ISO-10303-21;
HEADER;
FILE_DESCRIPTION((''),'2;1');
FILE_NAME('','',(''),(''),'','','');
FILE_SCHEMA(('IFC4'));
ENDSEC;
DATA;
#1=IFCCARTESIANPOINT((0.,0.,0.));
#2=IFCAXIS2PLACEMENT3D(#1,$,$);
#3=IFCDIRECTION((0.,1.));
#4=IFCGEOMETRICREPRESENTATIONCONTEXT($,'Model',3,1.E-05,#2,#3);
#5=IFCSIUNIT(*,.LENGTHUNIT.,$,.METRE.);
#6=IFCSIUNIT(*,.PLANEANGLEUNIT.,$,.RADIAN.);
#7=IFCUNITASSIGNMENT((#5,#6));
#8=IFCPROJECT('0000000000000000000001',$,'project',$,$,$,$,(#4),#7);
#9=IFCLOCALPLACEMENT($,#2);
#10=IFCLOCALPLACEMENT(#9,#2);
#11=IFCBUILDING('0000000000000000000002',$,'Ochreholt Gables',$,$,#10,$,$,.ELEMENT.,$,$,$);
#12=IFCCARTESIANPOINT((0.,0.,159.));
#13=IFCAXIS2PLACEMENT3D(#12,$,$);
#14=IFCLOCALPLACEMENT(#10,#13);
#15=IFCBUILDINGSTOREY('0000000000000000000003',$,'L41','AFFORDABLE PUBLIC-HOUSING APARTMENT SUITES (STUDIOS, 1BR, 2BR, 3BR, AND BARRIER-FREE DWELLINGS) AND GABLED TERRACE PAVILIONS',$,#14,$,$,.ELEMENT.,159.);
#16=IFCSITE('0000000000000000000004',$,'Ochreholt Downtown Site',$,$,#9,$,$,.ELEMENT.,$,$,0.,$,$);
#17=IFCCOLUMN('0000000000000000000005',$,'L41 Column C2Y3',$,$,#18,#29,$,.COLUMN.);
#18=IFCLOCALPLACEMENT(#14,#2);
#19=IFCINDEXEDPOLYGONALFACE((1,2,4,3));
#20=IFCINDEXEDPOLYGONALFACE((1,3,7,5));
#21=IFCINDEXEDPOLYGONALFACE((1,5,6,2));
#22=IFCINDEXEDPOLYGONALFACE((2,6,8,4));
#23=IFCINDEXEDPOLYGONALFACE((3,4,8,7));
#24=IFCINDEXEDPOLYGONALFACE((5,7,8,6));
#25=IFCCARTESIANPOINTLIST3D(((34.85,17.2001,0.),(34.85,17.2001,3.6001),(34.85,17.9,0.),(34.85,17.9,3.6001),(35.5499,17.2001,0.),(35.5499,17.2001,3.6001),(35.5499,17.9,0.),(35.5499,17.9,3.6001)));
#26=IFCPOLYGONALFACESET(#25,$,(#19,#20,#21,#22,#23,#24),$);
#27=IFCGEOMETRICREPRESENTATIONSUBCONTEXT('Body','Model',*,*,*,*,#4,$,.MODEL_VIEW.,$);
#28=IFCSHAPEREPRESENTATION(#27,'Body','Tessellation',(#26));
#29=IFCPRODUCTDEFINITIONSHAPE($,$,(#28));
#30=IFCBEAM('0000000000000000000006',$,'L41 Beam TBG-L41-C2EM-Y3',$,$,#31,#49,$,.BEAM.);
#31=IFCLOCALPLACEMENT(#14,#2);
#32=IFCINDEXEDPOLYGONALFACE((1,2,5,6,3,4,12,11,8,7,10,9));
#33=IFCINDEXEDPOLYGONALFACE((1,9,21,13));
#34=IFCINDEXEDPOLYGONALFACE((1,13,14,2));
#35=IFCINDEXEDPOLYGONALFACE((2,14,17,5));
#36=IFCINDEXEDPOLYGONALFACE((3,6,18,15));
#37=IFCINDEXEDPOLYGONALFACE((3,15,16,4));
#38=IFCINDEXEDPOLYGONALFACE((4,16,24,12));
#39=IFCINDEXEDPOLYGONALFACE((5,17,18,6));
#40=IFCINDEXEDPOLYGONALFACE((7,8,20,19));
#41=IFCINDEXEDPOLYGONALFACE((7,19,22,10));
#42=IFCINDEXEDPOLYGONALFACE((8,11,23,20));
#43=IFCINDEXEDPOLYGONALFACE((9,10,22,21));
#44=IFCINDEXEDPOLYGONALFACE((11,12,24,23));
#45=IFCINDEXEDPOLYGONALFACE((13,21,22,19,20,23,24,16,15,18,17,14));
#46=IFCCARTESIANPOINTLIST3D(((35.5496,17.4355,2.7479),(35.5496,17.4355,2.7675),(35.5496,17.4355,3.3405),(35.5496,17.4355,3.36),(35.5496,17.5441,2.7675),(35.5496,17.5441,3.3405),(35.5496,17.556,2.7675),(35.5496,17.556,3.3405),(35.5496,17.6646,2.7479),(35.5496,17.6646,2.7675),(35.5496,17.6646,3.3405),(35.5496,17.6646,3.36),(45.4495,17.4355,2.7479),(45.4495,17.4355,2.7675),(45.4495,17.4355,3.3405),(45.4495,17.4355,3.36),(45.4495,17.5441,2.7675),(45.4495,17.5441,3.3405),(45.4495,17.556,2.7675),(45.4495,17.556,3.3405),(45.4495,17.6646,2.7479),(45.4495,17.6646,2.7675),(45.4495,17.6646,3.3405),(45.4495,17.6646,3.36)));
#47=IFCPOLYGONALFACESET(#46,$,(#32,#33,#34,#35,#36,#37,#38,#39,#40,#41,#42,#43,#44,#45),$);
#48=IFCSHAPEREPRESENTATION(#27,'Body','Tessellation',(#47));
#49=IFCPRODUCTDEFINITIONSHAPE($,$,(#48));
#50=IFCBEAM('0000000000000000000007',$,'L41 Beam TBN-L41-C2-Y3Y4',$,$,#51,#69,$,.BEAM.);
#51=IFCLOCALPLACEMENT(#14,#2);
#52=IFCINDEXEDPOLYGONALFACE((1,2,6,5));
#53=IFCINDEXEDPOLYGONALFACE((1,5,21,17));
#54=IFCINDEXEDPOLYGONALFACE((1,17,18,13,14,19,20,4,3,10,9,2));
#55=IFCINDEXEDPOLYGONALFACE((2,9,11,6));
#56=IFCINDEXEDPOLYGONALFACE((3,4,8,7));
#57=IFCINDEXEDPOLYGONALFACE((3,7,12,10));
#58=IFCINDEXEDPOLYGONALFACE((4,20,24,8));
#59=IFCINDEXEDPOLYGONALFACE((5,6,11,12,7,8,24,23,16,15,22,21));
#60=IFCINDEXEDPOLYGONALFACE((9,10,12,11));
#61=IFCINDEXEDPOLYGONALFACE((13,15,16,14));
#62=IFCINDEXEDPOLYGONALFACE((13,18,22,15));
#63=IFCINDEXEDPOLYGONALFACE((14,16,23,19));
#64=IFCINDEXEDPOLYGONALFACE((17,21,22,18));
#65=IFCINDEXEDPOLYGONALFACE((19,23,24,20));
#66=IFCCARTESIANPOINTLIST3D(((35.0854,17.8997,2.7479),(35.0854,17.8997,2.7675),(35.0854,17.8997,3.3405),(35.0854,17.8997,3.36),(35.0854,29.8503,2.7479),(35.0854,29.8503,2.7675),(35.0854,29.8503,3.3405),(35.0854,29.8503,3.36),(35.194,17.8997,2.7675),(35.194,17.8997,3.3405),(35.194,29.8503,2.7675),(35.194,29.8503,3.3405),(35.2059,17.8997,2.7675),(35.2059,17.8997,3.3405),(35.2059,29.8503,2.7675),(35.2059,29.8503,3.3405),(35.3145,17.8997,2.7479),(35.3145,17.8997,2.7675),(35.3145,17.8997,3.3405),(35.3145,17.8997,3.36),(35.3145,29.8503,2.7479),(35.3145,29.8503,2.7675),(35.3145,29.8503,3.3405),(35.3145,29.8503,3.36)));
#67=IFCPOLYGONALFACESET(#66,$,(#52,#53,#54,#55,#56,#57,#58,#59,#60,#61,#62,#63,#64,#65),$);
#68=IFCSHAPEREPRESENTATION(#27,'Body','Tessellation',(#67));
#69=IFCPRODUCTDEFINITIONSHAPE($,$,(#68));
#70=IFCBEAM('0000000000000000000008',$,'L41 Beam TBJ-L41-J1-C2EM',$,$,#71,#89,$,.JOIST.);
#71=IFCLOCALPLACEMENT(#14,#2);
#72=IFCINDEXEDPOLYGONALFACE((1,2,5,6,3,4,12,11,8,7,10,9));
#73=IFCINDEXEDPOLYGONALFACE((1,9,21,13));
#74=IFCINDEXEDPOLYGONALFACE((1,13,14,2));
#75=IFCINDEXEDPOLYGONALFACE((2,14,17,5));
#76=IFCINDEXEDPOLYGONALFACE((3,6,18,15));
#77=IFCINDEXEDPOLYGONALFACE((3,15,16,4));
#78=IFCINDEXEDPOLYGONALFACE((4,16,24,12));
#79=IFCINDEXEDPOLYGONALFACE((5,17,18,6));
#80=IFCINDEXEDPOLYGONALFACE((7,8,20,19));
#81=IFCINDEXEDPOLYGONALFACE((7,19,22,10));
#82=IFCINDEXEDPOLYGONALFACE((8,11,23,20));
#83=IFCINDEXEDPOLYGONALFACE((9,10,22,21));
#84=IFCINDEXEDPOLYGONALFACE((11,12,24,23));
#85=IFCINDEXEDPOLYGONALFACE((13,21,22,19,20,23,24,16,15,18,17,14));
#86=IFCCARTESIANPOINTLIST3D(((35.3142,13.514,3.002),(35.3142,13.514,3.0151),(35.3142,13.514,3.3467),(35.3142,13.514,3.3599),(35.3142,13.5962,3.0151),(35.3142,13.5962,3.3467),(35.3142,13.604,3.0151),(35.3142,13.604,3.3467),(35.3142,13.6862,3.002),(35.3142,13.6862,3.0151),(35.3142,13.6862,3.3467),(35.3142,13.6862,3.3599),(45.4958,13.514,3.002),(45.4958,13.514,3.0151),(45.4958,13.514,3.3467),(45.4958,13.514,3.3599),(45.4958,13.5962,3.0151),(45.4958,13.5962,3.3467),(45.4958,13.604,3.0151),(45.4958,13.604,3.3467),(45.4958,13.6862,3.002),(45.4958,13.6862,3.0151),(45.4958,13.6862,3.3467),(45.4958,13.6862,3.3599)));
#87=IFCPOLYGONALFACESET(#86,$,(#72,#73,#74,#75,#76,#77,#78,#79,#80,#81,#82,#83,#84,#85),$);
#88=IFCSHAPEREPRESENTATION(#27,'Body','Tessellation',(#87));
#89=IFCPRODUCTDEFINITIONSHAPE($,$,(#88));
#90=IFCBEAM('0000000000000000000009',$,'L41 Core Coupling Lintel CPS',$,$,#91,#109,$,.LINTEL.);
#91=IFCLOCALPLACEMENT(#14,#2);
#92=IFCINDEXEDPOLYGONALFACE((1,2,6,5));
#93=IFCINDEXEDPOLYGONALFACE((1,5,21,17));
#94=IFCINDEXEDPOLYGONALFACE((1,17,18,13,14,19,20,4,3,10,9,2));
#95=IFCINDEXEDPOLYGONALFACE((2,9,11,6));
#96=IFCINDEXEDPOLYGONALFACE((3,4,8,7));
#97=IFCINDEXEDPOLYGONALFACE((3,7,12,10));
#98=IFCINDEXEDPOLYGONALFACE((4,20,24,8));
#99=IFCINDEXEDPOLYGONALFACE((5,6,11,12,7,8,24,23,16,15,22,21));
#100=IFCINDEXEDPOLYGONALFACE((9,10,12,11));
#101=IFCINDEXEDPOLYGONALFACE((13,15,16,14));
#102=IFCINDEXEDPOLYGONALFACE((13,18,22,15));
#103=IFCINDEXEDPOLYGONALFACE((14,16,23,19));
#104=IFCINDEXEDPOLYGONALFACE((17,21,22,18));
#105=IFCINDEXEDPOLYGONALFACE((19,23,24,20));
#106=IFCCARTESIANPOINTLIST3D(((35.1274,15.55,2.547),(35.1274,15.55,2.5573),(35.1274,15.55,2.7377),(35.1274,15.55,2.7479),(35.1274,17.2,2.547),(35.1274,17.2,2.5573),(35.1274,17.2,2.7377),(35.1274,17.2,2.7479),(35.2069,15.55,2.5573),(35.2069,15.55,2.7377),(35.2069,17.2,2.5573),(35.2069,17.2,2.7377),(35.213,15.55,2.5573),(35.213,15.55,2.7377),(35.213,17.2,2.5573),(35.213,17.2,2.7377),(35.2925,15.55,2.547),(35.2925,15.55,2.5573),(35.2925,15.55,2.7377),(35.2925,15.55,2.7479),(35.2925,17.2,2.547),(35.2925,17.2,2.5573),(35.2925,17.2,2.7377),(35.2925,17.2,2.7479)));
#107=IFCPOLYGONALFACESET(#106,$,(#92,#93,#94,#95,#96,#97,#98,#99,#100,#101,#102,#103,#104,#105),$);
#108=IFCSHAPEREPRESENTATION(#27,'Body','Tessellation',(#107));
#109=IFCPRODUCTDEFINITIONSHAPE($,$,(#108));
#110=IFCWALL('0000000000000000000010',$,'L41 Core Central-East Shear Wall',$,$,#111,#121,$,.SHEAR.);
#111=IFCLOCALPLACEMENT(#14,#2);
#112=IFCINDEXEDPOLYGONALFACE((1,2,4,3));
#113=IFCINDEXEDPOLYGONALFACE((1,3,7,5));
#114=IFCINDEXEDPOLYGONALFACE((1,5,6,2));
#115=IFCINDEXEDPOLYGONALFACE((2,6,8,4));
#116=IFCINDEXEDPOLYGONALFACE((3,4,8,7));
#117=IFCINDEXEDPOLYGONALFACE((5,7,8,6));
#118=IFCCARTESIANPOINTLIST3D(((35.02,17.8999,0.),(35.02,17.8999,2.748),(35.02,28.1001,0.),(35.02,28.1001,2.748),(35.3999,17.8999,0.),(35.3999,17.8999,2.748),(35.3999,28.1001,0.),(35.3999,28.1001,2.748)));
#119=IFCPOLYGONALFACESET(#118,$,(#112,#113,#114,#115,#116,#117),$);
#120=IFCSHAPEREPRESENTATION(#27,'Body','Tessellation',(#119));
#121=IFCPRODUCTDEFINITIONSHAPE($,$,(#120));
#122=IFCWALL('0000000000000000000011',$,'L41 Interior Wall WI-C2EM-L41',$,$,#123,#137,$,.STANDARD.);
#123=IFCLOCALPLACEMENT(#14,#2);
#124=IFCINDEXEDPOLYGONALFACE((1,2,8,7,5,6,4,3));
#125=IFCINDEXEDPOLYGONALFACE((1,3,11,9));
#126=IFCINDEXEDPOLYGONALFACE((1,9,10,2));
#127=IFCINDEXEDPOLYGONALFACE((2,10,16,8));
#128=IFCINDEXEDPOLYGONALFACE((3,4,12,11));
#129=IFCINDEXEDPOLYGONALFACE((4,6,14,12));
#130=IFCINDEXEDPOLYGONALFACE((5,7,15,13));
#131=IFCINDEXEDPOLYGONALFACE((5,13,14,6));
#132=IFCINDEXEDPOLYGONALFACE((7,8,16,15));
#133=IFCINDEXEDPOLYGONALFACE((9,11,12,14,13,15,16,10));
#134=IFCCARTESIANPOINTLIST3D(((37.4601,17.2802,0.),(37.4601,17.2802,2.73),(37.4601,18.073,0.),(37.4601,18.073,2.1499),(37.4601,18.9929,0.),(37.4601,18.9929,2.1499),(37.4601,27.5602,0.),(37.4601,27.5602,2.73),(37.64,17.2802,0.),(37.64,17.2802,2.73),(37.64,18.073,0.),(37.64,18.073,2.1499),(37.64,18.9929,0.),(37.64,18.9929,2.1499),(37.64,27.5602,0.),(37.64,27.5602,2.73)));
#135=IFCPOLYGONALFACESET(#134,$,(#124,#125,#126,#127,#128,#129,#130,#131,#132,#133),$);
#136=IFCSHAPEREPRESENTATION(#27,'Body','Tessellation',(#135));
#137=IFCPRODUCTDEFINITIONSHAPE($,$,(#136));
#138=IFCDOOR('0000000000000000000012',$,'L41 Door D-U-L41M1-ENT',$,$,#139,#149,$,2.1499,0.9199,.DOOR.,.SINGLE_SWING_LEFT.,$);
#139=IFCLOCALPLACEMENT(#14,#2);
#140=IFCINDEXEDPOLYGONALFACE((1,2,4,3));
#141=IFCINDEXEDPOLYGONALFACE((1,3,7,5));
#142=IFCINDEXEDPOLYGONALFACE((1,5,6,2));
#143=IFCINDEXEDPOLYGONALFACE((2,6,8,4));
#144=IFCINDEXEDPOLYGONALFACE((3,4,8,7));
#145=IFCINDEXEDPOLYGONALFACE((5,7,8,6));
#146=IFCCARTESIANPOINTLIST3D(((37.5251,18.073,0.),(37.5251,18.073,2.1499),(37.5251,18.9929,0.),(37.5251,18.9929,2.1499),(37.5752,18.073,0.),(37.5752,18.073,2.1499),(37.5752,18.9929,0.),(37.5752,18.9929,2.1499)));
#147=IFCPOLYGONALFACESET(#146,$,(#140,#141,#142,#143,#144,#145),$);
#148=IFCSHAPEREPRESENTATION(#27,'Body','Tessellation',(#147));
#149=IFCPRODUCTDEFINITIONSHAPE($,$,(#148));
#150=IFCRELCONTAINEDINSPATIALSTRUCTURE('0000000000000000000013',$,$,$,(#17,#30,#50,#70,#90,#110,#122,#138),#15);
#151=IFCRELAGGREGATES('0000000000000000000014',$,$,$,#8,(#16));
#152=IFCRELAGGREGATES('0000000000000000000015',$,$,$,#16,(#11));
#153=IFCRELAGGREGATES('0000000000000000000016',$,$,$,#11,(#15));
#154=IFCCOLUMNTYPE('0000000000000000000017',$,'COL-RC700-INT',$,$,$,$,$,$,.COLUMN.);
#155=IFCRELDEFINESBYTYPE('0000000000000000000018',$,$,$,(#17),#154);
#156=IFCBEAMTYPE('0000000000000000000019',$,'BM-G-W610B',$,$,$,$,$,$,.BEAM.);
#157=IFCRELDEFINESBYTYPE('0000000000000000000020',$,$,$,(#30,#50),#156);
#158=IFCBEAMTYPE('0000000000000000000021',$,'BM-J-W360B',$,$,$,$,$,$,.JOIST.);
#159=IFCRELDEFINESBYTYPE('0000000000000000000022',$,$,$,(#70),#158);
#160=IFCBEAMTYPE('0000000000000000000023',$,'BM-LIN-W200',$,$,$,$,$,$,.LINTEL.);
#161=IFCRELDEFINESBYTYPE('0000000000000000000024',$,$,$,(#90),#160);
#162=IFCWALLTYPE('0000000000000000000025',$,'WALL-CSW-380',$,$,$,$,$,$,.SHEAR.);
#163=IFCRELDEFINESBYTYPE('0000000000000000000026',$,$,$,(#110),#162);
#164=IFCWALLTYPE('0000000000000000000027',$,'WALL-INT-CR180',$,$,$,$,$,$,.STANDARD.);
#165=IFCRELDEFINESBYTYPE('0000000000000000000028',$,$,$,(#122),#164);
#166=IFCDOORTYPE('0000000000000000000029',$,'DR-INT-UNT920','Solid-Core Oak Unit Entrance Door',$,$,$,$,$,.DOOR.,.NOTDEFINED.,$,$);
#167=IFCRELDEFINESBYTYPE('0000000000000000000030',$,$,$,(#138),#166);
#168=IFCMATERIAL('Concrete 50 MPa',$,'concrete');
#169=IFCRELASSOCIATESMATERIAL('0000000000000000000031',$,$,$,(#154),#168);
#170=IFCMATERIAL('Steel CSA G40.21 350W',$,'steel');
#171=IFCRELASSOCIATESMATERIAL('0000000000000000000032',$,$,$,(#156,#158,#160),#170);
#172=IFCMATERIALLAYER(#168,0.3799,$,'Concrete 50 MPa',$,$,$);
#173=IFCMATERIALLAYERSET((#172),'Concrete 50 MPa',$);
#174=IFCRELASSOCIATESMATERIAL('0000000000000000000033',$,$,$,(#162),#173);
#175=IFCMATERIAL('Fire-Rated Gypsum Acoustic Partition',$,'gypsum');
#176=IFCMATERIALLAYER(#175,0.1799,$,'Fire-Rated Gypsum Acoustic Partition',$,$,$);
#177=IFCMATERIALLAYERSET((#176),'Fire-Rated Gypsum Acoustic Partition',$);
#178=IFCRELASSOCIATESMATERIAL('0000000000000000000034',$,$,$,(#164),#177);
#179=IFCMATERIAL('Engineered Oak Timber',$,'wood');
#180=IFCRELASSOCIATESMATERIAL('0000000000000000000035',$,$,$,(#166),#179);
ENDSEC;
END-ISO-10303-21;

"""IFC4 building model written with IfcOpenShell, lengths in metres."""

from ifc_helpers import new_model, si_unit, direction, frame, frame_2d, origin, origin_2d, place, context, subcontext, project, spatial, rectangle, i_section, extrude, material, layer, layer_set, material_profile, profile_set, type_object, element, fill, save


model = new_model("IFC4")

# Units and contexts
model_context = context("Model", 3, precision=1e-05, world=origin(), true_north=direction((0.0, 1.0)))
body_context = subcontext(model_context, "Body", "Model", "MODEL_VIEW")
ifc_project = project(units=[si_unit("LENGTHUNIT", "METRE"), si_unit("PLANEANGLEUNIT", "RADIAN")], contexts=[model_context])

# Site, building, storey
site_placement = place(None, origin())
site = spatial("IfcSite", under=ifc_project, at=site_placement, Name="Ochreholt Downtown Site", CompositionType="ELEMENT", RefElevation=0.0)
building_placement = place(site_placement, origin())
building = spatial("IfcBuilding", under=site, at=building_placement, Name="Ochreholt Gables", CompositionType="ELEMENT")
storey_placement = place(building_placement, frame((0.0, 0.0, 159.0)))
storey = spatial("IfcBuildingStorey", under=building, at=storey_placement, Name="L41", Description="AFFORDABLE PUBLIC-HOUSING APARTMENT SUITES (STUDIOS, 1BR, 2BR, 3BR, AND BARRIER-FREE DWELLINGS) AND GABLED TERRACE PAVILIONS", CompositionType="ELEMENT", Elevation=159.0)

# Column
ifc_material_1 = material(Name="Concrete 50 MPa", Category="concrete")
ifc_material_profile_1 = material_profile(ifc_material_1, rectangle(XDim=0.7, YDim=0.7, at=origin_2d()), Name="RC700X700")
ifc_profile_set_1 = profile_set([ifc_material_profile_1], Name="Concrete 50 MPa")
column_type = type_object("IfcColumnType", Name="COL-RC700-INT", PredefinedType="COLUMN", material=ifc_profile_set_1)
column_placement = place(storey_placement, frame((35.2, 17.55, 0.0), z_axis=(0.0, 0.0, 1.0), x_axis=(1.0, 0.0, 0.0)))
element("IfcColumn", 1, at=column_placement, inside=storey, type_object=column_type, Name="L41 Column C2Y3", PredefinedType="COLUMN", context=body_context, shape_type="SweptSolid", body=[
    extrude(rectangle(XDim=0.7, YDim=0.7, at=origin_2d()), origin(), (0.0, 0.0, 1.0), 3.6001),
])

# Beams
ifc_material_2 = material(Name="Steel CSA G40.21 350W", Category="steel")
ifc_material_profile_2 = material_profile(ifc_material_2, i_section(OverallWidth=0.229, OverallDepth=0.6121, WebThickness=0.012, FlangeThickness=0.0195, at=origin_2d()), Name="W610X125")
ifc_profile_set_2 = profile_set([ifc_material_profile_2], Name="Steel CSA G40.21 350W")
beam_type_1 = type_object("IfcBeamType", Name="BM-G-W610B", PredefinedType="BEAM", material=ifc_profile_set_2)
beam_1_placement = place(storey_placement, frame((35.5496, 17.55, 3.054), z_axis=(1.0, 0.0, 0.0), x_axis=(0.0, 1.0, 0.0)))
element("IfcBeam", 2, at=beam_1_placement, inside=storey, type_object=beam_type_1, Name="L41 Beam TBG-L41-C2EM-Y3", PredefinedType="BEAM", context=body_context, shape_type="SweptSolid", body=[
    extrude(i_section(OverallWidth=0.229, OverallDepth=0.6121, WebThickness=0.012, FlangeThickness=0.0195, at=origin_2d()), origin(), (0.0, 0.0, 1.0), 9.8999),
])
beam_2_placement = place(storey_placement, frame((35.2, 17.8997, 3.054), z_axis=(0.0, 1.0, 0.0), x_axis=(-1.0, 0.0, 0.0)))
element("IfcBeam", 3, at=beam_2_placement, inside=storey, type_object=beam_type_1, Name="L41 Beam TBN-L41-C2-Y3Y4", PredefinedType="BEAM", context=body_context, shape_type="SweptSolid", body=[
    extrude(i_section(OverallWidth=0.229, OverallDepth=0.6121, WebThickness=0.012, FlangeThickness=0.0195, at=origin_2d()), origin(), (0.0, 0.0, 1.0), 11.9507),
])
ifc_material_profile_3 = material_profile(ifc_material_2, i_section(OverallWidth=0.1721, OverallDepth=0.3579, WebThickness=0.0078, FlangeThickness=0.0132, at=origin_2d()), Name="W360X57")
ifc_profile_set_3 = profile_set([ifc_material_profile_3], Name="Steel CSA G40.21 350W")
beam_type_2 = type_object("IfcBeamType", Name="BM-J-W360B", PredefinedType="JOIST", material=ifc_profile_set_3)
beam_3_placement = place(storey_placement, frame((35.3142, 13.6001, 3.1809), z_axis=(1.0, 0.0, 0.0), x_axis=(0.0, 1.0, 0.0)))
element("IfcBeam", 4, at=beam_3_placement, inside=storey, type_object=beam_type_2, Name="L41 Beam TBJ-L41-J1-C2EM", PredefinedType="JOIST", context=body_context, shape_type="SweptSolid", body=[
    extrude(i_section(OverallWidth=0.1721, OverallDepth=0.3579, WebThickness=0.0078, FlangeThickness=0.0132, at=origin_2d()), origin(), (0.0, 0.0, 1.0), 10.1816),
])
ifc_material_profile_4 = material_profile(ifc_material_2, i_section(OverallWidth=0.165, OverallDepth=0.2009, WebThickness=0.0061, FlangeThickness=0.0103, at=origin_2d()), Name="W200X36")
ifc_profile_set_4 = profile_set([ifc_material_profile_4], Name="Steel CSA G40.21 350W")
beam_type_3 = type_object("IfcBeamType", Name="BM-LIN-W200", PredefinedType="LINTEL", material=ifc_profile_set_4)
beam_4_placement = place(storey_placement, frame((35.21, 15.55, 2.6475), z_axis=(0.0, 1.0, 0.0), x_axis=(-1.0, 0.0, 0.0)))
element("IfcBeam", 5, at=beam_4_placement, inside=storey, type_object=beam_type_3, Name="L41 Core Coupling Lintel CPS", PredefinedType="LINTEL", context=body_context, shape_type="SweptSolid", body=[
    extrude(i_section(OverallWidth=0.165, OverallDepth=0.2009, WebThickness=0.0061, FlangeThickness=0.0103, at=origin_2d()), origin(), (0.0, 0.0, 1.0), 1.6499),
])

# Wall
ifc_layer_1 = layer(ifc_material_1, 0.3799, Name="Concrete 50 MPa")
ifc_layer_set_1 = layer_set([ifc_layer_1], Name="Concrete 50 MPa")
wall_type_1 = type_object("IfcWallType", Name="WALL-CSW-380", PredefinedType="SHEAR", material=ifc_layer_set_1)
wall_1_placement = place(storey_placement, frame((35.21, 17.8999, 0.0), z_axis=(0.0, 0.0, 1.0), x_axis=(0.0, 1.0, 0.0)))
element("IfcWall", 6, at=wall_1_placement, inside=storey, type_object=wall_type_1, Name="L41 Core Central-East Shear Wall", PredefinedType="SHEAR", context=body_context, shape_type="SweptSolid", body=[
    extrude(rectangle(XDim=10.2002, YDim=0.3799, at=frame_2d((5.1001, 0.0))), origin(), (0.0, 0.0, 1.0), 2.748),
])

# Wall, opening, door
ifc_material_3 = material(Name="Fire-Rated Gypsum Acoustic Partition", Category="gypsum")
ifc_layer_2 = layer(ifc_material_3, 0.1799, Name="Fire-Rated Gypsum Acoustic Partition")
ifc_layer_set_2 = layer_set([ifc_layer_2], Name="Fire-Rated Gypsum Acoustic Partition")
wall_type_2 = type_object("IfcWallType", Name="WALL-INT-CR180", PredefinedType="STANDARD", material=ifc_layer_set_2)
wall_2_placement = place(storey_placement, frame((37.55, 17.28, 0.0), z_axis=(0.0, 0.0, 1.0), x_axis=(0.0, 1.0, 0.0)))
wall_2 = element("IfcWall", 7, at=wall_2_placement, inside=storey, type_object=wall_type_2, Name="L41 Interior Wall WI-C2EM-L41", PredefinedType="STANDARD", context=body_context, shape_type="SweptSolid", body=[
    extrude(rectangle(XDim=10.28, YDim=0.1799, at=frame_2d((5.1401, 0.0))), origin(), (0.0, 0.0, 1.0), 2.73),
])
opening_1_placement = place(wall_2_placement, frame((0.793, 0.0, 0.0)))
opening_1 = element("IfcOpeningElement", 8, at=opening_1_placement, cuts=wall_2, PredefinedType="OPENING", context=body_context, shape_type="SweptSolid", body=[
    extrude(rectangle(XDim=0.9199, YDim=2.1499, at=frame_2d((0.46, 1.075))), frame((0.0, 0.0999, 0.0), z_axis=(0.0, -1.0, 0.0), x_axis=(1.0, 0.0, 0.0)), (0.0, 0.0, 1.0), 0.2),
])
ifc_material_4 = material(Name="Engineered Oak Timber", Category="wood")
door_type_1 = type_object("IfcDoorType", Name="DR-INT-UNT920", Description="Solid-Core Oak Unit Entrance Door", OperationType="NOTDEFINED", PredefinedType="DOOR", material=ifc_material_4)
door_1_placement = place(opening_1_placement, origin())
door_1 = element("IfcDoor", 9, at=door_1_placement, inside=storey, type_object=door_type_1, Name="L41 Door D-U-L41M1-ENT", OperationType="SINGLE_SWING_LEFT", OverallHeight=2.1499, OverallWidth=0.9199, PredefinedType="DOOR", context=body_context, shape_type="SweptSolid", body=[
    extrude(rectangle(XDim=0.9199, YDim=2.1499, at=frame_2d((0.46, 1.075))), frame((0.0, 0.0249, 0.0), z_axis=(0.0, -1.0, 0.0), x_axis=(1.0, 0.0, 0.0)), (0.0, 0.0, 1.0), 0.05),
])
fill(opening_1, door_1)

save(model, "model.ifc")
